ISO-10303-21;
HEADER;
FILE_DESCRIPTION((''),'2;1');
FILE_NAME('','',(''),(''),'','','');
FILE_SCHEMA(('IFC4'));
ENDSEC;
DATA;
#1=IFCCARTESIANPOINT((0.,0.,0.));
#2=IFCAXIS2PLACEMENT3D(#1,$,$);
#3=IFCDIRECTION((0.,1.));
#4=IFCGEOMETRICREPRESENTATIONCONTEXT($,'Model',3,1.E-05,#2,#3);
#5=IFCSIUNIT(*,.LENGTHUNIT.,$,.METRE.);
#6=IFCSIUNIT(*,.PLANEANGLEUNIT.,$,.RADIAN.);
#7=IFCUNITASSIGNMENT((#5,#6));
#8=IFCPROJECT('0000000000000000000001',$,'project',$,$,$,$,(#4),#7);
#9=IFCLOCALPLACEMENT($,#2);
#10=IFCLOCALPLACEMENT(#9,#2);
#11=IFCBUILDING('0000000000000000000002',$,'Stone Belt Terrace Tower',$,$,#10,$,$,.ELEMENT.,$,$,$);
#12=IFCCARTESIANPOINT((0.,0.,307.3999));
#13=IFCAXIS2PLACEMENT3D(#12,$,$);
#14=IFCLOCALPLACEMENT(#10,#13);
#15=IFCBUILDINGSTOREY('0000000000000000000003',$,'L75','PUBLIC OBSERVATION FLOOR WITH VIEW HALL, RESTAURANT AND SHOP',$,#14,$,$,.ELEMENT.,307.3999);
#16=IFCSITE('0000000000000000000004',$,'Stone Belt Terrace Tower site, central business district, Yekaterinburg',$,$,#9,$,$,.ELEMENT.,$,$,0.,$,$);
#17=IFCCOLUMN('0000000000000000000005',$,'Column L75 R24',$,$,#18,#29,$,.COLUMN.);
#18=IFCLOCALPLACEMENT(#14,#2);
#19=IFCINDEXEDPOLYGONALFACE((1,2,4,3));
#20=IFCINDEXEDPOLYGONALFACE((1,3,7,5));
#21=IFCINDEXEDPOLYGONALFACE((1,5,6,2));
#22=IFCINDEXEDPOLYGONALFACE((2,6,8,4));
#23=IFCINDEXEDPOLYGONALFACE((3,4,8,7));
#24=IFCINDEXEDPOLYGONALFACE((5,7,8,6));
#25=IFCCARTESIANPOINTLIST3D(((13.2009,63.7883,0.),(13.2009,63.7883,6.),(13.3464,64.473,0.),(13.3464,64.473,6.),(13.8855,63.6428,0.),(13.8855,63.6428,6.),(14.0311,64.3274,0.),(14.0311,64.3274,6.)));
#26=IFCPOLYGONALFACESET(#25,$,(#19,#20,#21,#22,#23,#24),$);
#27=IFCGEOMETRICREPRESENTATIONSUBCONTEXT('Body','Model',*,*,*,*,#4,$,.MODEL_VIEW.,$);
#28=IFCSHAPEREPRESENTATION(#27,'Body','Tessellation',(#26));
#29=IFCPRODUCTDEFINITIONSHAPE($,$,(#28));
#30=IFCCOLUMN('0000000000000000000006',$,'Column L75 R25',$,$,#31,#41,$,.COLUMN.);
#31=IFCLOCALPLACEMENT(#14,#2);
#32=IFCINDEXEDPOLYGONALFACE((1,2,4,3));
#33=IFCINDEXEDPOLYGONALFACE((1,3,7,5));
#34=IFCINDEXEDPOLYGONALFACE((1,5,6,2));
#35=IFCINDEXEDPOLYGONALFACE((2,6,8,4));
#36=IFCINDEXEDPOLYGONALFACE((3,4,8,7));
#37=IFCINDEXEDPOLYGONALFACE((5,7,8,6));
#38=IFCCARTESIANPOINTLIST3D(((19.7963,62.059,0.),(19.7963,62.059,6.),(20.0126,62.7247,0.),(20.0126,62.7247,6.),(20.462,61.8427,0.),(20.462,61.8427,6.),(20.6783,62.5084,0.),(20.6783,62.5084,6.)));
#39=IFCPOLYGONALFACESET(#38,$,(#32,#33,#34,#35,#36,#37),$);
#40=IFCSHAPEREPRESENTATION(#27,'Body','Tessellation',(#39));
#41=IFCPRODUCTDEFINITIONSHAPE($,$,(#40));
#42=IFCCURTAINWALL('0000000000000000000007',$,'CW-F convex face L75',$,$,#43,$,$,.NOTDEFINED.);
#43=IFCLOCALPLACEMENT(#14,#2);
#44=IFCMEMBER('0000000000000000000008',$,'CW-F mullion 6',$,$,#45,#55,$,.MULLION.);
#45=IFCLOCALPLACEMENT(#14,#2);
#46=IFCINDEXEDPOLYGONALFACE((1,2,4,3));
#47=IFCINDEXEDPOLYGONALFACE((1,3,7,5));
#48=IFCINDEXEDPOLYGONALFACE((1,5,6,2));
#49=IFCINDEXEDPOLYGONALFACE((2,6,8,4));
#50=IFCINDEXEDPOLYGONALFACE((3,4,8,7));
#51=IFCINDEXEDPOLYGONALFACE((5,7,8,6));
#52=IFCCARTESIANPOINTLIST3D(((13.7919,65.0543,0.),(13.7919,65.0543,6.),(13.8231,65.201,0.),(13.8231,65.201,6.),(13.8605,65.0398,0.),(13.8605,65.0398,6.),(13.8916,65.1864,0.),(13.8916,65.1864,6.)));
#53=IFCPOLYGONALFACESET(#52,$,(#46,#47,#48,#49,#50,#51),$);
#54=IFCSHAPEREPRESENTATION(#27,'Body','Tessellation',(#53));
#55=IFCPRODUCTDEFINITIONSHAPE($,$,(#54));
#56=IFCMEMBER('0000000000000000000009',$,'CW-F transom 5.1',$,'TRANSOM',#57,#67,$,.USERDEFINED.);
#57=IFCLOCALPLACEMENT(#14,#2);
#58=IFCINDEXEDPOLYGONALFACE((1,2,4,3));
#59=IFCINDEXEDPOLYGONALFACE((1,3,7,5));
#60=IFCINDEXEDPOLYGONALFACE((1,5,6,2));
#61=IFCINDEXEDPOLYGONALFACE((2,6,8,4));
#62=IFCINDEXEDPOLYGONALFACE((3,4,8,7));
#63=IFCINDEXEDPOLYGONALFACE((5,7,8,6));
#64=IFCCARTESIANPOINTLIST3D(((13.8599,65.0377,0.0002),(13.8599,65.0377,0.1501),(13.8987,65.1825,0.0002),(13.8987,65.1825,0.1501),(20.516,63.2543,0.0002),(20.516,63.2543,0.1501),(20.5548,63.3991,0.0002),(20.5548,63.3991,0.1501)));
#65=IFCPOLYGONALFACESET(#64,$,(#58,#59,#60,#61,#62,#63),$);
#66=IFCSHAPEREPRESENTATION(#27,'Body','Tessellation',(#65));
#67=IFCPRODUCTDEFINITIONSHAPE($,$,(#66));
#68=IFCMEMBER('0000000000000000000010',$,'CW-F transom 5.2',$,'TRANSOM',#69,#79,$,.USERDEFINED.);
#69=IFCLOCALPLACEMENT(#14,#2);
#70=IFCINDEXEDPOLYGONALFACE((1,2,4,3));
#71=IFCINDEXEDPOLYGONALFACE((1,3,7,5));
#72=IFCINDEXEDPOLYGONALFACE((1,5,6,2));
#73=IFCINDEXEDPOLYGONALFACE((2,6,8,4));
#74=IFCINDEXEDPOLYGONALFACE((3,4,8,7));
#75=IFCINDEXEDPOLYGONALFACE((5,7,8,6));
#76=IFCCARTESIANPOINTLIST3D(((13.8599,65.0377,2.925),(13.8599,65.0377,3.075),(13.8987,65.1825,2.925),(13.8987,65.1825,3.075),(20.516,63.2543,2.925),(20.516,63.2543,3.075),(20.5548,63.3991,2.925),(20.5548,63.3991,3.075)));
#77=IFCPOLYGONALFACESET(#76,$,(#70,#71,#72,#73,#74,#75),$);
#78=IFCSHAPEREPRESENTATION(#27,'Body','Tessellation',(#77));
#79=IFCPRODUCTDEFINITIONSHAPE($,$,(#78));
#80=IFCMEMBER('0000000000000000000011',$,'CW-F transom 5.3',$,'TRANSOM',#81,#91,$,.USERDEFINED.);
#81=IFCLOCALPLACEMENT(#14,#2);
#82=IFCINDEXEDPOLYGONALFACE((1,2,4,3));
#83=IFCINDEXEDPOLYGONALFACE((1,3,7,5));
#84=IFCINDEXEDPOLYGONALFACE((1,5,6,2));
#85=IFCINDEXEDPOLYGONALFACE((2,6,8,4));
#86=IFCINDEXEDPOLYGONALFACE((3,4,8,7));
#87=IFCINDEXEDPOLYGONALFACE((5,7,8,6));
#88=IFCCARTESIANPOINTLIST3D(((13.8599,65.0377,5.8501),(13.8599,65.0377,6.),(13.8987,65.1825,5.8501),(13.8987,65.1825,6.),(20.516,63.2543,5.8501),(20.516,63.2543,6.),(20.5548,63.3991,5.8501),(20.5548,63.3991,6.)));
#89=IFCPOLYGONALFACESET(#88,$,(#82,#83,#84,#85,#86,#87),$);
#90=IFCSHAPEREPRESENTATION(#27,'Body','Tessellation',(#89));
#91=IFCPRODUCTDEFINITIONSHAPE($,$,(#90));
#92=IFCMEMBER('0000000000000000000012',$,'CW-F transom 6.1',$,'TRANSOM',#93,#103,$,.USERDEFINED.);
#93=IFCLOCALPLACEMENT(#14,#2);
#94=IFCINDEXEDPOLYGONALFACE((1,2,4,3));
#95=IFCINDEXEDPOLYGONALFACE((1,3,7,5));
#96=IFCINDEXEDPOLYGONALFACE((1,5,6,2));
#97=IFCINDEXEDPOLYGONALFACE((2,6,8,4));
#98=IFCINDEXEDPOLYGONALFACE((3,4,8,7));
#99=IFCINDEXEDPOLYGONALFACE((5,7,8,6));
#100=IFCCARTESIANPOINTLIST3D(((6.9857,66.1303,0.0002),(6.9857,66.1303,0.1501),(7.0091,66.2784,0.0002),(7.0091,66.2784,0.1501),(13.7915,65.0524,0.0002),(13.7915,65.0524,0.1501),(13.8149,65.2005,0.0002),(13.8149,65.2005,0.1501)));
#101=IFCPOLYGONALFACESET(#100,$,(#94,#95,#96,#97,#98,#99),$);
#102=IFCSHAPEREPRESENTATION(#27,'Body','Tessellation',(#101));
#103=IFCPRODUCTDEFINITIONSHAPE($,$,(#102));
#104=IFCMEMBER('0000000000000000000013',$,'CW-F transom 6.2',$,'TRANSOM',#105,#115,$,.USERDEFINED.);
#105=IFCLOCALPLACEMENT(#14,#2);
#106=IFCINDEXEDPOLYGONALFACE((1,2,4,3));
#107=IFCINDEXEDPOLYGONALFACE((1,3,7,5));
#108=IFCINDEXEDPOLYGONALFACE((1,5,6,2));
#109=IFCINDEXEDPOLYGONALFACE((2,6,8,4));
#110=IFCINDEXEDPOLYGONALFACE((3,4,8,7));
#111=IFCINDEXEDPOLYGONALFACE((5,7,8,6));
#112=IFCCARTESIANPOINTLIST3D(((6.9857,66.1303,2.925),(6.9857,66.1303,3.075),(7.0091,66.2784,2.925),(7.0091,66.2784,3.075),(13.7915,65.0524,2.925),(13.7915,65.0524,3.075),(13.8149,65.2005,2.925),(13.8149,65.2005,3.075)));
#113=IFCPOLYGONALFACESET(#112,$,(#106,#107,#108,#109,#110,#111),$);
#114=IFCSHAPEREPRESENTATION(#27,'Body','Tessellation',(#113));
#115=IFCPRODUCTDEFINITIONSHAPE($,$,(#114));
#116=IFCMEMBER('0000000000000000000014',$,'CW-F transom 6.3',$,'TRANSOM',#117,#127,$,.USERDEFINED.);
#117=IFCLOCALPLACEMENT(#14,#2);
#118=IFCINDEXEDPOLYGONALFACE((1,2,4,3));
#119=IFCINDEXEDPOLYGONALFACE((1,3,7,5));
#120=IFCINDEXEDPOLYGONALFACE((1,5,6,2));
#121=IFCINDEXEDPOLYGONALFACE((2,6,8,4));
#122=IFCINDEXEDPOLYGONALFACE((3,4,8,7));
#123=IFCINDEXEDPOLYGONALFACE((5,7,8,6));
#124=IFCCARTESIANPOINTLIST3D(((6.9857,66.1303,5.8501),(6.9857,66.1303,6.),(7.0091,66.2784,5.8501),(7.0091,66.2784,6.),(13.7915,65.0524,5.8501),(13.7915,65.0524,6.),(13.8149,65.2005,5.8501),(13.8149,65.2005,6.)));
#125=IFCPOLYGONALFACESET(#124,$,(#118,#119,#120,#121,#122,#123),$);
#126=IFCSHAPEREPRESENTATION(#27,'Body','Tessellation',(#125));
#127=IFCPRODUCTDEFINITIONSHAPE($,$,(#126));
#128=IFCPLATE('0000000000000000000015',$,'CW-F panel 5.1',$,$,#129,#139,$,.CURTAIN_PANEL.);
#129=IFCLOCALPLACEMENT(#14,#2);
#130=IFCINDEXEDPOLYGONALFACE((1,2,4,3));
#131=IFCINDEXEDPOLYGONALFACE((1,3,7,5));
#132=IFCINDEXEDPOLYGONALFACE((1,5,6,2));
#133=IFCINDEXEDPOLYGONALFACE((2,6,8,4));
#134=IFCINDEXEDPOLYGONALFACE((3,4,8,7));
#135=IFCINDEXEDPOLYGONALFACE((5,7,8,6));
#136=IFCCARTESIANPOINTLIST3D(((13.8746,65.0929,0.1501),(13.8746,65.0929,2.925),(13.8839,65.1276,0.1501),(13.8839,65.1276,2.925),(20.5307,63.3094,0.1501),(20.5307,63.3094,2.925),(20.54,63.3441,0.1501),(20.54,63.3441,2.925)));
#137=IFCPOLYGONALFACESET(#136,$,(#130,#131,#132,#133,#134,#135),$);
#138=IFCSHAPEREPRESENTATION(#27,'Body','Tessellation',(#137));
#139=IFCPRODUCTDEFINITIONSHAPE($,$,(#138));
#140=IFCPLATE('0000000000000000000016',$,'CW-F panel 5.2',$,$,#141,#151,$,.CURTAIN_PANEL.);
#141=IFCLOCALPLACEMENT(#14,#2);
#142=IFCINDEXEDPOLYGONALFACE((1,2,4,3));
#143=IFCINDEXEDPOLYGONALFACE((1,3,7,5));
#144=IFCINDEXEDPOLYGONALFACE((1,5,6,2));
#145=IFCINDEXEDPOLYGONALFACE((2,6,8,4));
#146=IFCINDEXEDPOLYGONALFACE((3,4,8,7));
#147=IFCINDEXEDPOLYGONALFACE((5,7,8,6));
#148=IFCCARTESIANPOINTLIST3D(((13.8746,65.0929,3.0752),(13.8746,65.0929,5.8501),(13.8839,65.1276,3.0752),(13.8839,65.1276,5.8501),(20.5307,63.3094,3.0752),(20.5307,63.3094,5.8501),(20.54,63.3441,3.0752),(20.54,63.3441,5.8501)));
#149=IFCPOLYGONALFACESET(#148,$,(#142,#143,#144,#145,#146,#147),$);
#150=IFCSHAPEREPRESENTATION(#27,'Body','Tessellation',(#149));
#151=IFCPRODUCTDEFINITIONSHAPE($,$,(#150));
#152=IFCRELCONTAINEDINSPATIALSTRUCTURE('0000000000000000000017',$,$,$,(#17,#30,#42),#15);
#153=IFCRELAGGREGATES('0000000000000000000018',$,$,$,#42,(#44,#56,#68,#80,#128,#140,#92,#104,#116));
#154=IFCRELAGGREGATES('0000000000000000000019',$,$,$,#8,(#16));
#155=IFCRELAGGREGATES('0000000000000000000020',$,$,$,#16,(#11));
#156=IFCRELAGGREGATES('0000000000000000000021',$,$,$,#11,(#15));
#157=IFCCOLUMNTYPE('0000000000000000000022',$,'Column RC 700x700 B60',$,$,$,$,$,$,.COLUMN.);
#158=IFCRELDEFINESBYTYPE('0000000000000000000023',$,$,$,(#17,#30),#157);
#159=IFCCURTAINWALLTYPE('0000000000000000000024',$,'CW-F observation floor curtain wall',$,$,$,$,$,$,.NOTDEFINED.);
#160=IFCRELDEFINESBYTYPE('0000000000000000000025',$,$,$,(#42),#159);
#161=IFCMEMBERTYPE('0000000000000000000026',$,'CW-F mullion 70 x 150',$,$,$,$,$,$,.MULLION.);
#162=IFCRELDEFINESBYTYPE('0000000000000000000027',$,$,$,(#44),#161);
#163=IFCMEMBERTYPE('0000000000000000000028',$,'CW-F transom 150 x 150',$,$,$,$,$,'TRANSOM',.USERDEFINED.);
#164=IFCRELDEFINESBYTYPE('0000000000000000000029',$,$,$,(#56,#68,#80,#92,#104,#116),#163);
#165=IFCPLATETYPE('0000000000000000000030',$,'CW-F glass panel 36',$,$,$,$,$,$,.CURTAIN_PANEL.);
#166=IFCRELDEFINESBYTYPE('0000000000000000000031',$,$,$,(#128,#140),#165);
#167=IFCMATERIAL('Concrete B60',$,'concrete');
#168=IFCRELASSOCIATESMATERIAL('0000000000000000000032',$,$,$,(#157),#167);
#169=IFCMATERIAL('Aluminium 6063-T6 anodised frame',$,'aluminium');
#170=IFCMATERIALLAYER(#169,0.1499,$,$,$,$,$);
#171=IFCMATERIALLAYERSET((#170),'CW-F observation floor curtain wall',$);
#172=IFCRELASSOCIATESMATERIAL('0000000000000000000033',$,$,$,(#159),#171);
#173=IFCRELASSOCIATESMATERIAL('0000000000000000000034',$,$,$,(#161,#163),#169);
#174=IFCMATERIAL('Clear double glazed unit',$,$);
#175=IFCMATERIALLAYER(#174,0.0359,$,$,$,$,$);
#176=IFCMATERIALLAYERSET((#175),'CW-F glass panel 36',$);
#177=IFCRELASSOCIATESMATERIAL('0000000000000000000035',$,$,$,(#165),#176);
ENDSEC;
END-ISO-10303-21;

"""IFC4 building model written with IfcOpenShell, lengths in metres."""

from ifc_helpers import new_model, si_unit, direction, frame, origin, origin_2d, place, context, subcontext, project, spatial, rectangle, extrude, material, layer, layer_set, material_profile, profile_set, type_object, element, aggregate, save


model = new_model("IFC4")

# Units and contexts
model_context = context("Model", 3, precision=1e-05, world=origin(), true_north=direction((0.0, 1.0)))
body_context = subcontext(model_context, "Body", "Model", "MODEL_VIEW")
ifc_project = project(units=[si_unit("LENGTHUNIT", "METRE"), si_unit("PLANEANGLEUNIT", "RADIAN")], contexts=[model_context])

# Site, building, storey
site_placement = place(None, origin())
site = spatial("IfcSite", under=ifc_project, at=site_placement, Name="Stone Belt Terrace Tower site, central business district, Yekaterinburg", CompositionType="ELEMENT", RefElevation=0.0)
building_placement = place(site_placement, origin())
building = spatial("IfcBuilding", under=site, at=building_placement, Name="Stone Belt Terrace Tower", CompositionType="ELEMENT")
storey_placement = place(building_placement, frame((0.0, 0.0, 307.3999)))
storey = spatial("IfcBuildingStorey", under=building, at=storey_placement, Name="L75", Description="PUBLIC OBSERVATION FLOOR WITH VIEW HALL, RESTAURANT AND SHOP", CompositionType="ELEMENT", Elevation=307.3999)

# Columns
ifc_material_1 = material(Name="Concrete B60", Category="concrete")
ifc_material_profile_1 = material_profile(ifc_material_1, rectangle(XDim=0.7, YDim=0.7, at=origin_2d()), Name="RC 700x700")
ifc_profile_set_1 = profile_set([ifc_material_profile_1], Name="Concrete B60")
column_type = type_object("IfcColumnType", Name="Column RC 700x700 B60", PredefinedType="COLUMN", material=ifc_profile_set_1)
for number, where, z_axis, x_axis, name in (
    (1, (13.616, 64.0579, 0.0), (0.0, 0.0, 1.0), (0.978148, -0.207912, 0.0), "Column L75 R24"),
    (2, (20.2373, 62.2837, 0.0), (0.0, 0.0, 1.0), (0.951057, -0.309017, 0.0), "Column L75 R25"),
):
    element("IfcColumn", number, at=place(storey_placement, frame(where, z_axis=z_axis, x_axis=x_axis)), inside=storey, type_object=column_type, Name=name, PredefinedType="COLUMN", context=body_context, shape_type="SweptSolid", body=[
        extrude(rectangle(XDim=0.7, YDim=0.7, at=origin_2d()), origin(), (0.0, 0.0, 1.0), 6.0),
    ])

# Curtain wall, members, plates
ifc_material_2 = material(Name="Aluminium 6063-T6 anodised frame", Category="aluminium")
ifc_layer_1 = layer(ifc_material_2, 0.1499)
ifc_layer_set_1 = layer_set([ifc_layer_1], Name="CW-F observation floor curtain wall")
curtain_wall_type = type_object("IfcCurtainWallType", Name="CW-F observation floor curtain wall", PredefinedType="NOTDEFINED", material=ifc_layer_set_1)
curtain_wall_placement = place(storey_placement, origin())
curtain_wall = element("IfcCurtainWall", 3, at=curtain_wall_placement, inside=storey, type_object=curtain_wall_type, Name="CW-F convex face L75", PredefinedType="NOTDEFINED")
ifc_material_profile_2 = material_profile(ifc_material_2, rectangle(XDim=0.1499, YDim=0.0701, at=origin_2d()), Name="Aluminium 6063-T6 70x150")
ifc_profile_set_2 = profile_set([ifc_material_profile_2], Name="Aluminium 6063-T6 anodised frame")
member_type_1 = type_object("IfcMemberType", Name="CW-F mullion 70 x 150", PredefinedType="MULLION", material=ifc_profile_set_2)
member_1_placement = place(storey_placement, frame((13.8418, 65.1204, 0.0), z_axis=(0.0, 0.0, 1.0), x_axis=(-0.207912, -0.978148, 0.0)))
member_1 = element("IfcMember", 4, at=member_1_placement, type_object=member_type_1, Name="CW-F mullion 6", PredefinedType="MULLION", context=body_context, shape_type="SweptSolid", body=[
    extrude(rectangle(XDim=0.1499, YDim=0.0701, at=origin_2d()), origin(), (0.0, 0.0, 1.0), 6.0),
])
ifc_material_profile_3 = material_profile(ifc_material_2, rectangle(XDim=0.1499, YDim=0.1499, at=origin_2d()), Name="Aluminium 6063-T6 150x150")
ifc_profile_set_3 = profile_set([ifc_material_profile_3], Name="Aluminium 6063-T6 anodised frame")
member_type_2 = type_object("IfcMemberType", Name="CW-F transom 150 x 150", ElementType="TRANSOM", PredefinedType="USERDEFINED", material=ifc_profile_set_3)
member_2_placement = place(storey_placement, frame((20.5354, 63.3267, 0.0752), z_axis=(-0.965927, 0.258816, 0.0), x_axis=(-0.258816, -0.965927, 0.0)))
member_2 = element("IfcMember", 5, at=member_2_placement, type_object=member_type_2, Name="CW-F transom 5.1", ObjectType="TRANSOM", PredefinedType="USERDEFINED", context=body_context, shape_type="SweptSolid", body=[
    extrude(rectangle(XDim=0.1499, YDim=0.1499, at=origin_2d()), origin(), (0.0, 0.0, 1.0), 6.8909),
])
member_3_placement = place(storey_placement, frame((20.5354, 63.3267, 3.0), z_axis=(-0.965927, 0.258816, 0.0), x_axis=(-0.258816, -0.965927, 0.0)))
member_3 = element("IfcMember", 6, at=member_3_placement, type_object=member_type_2, Name="CW-F transom 5.2", ObjectType="TRANSOM", PredefinedType="USERDEFINED", context=body_context, shape_type="SweptSolid", body=[
    extrude(rectangle(XDim=0.1499, YDim=0.1499, at=origin_2d()), origin(), (0.0, 0.0, 1.0), 6.8909),
])
member_4_placement = place(storey_placement, frame((20.5354, 63.3267, 5.925), z_axis=(-0.965927, 0.258816, 0.0), x_axis=(-0.258816, -0.965927, 0.0)))
member_4 = element("IfcMember", 7, at=member_4_placement, type_object=member_type_2, Name="CW-F transom 5.3", ObjectType="TRANSOM", PredefinedType="USERDEFINED", context=body_context, shape_type="SweptSolid", body=[
    extrude(rectangle(XDim=0.1499, YDim=0.1499, at=origin_2d()), origin(), (0.0, 0.0, 1.0), 6.8909),
])
member_5_placement = place(storey_placement, frame((13.8032, 65.1265, 0.0752), z_axis=(-0.98769, 0.156425, 0.0), x_axis=(-0.156425, -0.98769, 0.0)))
member_5 = element("IfcMember", 8, at=member_5_placement, type_object=member_type_2, Name="CW-F transom 6.1", ObjectType="TRANSOM", PredefinedType="USERDEFINED", context=body_context, shape_type="SweptSolid", body=[
    extrude(rectangle(XDim=0.1499, YDim=0.1499, at=origin_2d()), origin(), (0.0, 0.0, 1.0), 6.8906),
])
member_6_placement = place(storey_placement, frame((13.8032, 65.1265, 3.0), z_axis=(-0.98769, 0.156425, 0.0), x_axis=(-0.156425, -0.98769, 0.0)))
member_6 = element("IfcMember", 9, at=member_6_placement, type_object=member_type_2, Name="CW-F transom 6.2", ObjectType="TRANSOM", PredefinedType="USERDEFINED", context=body_context, shape_type="SweptSolid", body=[
    extrude(rectangle(XDim=0.1499, YDim=0.1499, at=origin_2d()), origin(), (0.0, 0.0, 1.0), 6.8906),
])
member_7_placement = place(storey_placement, frame((13.8032, 65.1265, 5.925), z_axis=(-0.98769, 0.156425, 0.0), x_axis=(-0.156425, -0.98769, 0.0)))
member_7 = element("IfcMember", 10, at=member_7_placement, type_object=member_type_2, Name="CW-F transom 6.3", ObjectType="TRANSOM", PredefinedType="USERDEFINED", context=body_context, shape_type="SweptSolid", body=[
    extrude(rectangle(XDim=0.1499, YDim=0.1499, at=origin_2d()), origin(), (0.0, 0.0, 1.0), 6.8906),
])
ifc_material_3 = material(Name="Clear double glazed unit")
ifc_layer_2 = layer(ifc_material_3, 0.0359)
ifc_layer_set_2 = layer_set([ifc_layer_2], Name="CW-F glass panel 36")
plate_type = type_object("IfcPlateType", Name="CW-F glass panel 36", PredefinedType="CURTAIN_PANEL", material=ifc_layer_set_2)
plate_1_placement = place(storey_placement, frame((17.2073, 64.2185, 0.1501), z_axis=(0.0, 0.0, 1.0), x_axis=(-0.965926, 0.258819, 0.0)))
plate_1 = element("IfcPlate", 11, at=plate_1_placement, type_object=plate_type, Name="CW-F panel 5.1", PredefinedType="CURTAIN_PANEL", context=body_context, shape_type="SweptSolid", body=[
    extrude(rectangle(XDim=6.8909, YDim=0.0359, at=origin_2d()), origin(), (0.0, 0.0, 1.0), 2.7749),
])
plate_2_placement = place(storey_placement, frame((17.2073, 64.2185, 3.0752), z_axis=(0.0, 0.0, 1.0), x_axis=(-0.965926, 0.258819, 0.0)))
plate_2 = element("IfcPlate", 12, at=plate_2_placement, type_object=plate_type, Name="CW-F panel 5.2", PredefinedType="CURTAIN_PANEL", context=body_context, shape_type="SweptSolid", body=[
    extrude(rectangle(XDim=6.8909, YDim=0.0359, at=origin_2d()), origin(), (0.0, 0.0, 1.0), 2.7749),
])
aggregate(curtain_wall, [member_1, member_2, member_3, member_4, plate_1, plate_2, member_5, member_6, member_7])

save(model, "model.ifc")
